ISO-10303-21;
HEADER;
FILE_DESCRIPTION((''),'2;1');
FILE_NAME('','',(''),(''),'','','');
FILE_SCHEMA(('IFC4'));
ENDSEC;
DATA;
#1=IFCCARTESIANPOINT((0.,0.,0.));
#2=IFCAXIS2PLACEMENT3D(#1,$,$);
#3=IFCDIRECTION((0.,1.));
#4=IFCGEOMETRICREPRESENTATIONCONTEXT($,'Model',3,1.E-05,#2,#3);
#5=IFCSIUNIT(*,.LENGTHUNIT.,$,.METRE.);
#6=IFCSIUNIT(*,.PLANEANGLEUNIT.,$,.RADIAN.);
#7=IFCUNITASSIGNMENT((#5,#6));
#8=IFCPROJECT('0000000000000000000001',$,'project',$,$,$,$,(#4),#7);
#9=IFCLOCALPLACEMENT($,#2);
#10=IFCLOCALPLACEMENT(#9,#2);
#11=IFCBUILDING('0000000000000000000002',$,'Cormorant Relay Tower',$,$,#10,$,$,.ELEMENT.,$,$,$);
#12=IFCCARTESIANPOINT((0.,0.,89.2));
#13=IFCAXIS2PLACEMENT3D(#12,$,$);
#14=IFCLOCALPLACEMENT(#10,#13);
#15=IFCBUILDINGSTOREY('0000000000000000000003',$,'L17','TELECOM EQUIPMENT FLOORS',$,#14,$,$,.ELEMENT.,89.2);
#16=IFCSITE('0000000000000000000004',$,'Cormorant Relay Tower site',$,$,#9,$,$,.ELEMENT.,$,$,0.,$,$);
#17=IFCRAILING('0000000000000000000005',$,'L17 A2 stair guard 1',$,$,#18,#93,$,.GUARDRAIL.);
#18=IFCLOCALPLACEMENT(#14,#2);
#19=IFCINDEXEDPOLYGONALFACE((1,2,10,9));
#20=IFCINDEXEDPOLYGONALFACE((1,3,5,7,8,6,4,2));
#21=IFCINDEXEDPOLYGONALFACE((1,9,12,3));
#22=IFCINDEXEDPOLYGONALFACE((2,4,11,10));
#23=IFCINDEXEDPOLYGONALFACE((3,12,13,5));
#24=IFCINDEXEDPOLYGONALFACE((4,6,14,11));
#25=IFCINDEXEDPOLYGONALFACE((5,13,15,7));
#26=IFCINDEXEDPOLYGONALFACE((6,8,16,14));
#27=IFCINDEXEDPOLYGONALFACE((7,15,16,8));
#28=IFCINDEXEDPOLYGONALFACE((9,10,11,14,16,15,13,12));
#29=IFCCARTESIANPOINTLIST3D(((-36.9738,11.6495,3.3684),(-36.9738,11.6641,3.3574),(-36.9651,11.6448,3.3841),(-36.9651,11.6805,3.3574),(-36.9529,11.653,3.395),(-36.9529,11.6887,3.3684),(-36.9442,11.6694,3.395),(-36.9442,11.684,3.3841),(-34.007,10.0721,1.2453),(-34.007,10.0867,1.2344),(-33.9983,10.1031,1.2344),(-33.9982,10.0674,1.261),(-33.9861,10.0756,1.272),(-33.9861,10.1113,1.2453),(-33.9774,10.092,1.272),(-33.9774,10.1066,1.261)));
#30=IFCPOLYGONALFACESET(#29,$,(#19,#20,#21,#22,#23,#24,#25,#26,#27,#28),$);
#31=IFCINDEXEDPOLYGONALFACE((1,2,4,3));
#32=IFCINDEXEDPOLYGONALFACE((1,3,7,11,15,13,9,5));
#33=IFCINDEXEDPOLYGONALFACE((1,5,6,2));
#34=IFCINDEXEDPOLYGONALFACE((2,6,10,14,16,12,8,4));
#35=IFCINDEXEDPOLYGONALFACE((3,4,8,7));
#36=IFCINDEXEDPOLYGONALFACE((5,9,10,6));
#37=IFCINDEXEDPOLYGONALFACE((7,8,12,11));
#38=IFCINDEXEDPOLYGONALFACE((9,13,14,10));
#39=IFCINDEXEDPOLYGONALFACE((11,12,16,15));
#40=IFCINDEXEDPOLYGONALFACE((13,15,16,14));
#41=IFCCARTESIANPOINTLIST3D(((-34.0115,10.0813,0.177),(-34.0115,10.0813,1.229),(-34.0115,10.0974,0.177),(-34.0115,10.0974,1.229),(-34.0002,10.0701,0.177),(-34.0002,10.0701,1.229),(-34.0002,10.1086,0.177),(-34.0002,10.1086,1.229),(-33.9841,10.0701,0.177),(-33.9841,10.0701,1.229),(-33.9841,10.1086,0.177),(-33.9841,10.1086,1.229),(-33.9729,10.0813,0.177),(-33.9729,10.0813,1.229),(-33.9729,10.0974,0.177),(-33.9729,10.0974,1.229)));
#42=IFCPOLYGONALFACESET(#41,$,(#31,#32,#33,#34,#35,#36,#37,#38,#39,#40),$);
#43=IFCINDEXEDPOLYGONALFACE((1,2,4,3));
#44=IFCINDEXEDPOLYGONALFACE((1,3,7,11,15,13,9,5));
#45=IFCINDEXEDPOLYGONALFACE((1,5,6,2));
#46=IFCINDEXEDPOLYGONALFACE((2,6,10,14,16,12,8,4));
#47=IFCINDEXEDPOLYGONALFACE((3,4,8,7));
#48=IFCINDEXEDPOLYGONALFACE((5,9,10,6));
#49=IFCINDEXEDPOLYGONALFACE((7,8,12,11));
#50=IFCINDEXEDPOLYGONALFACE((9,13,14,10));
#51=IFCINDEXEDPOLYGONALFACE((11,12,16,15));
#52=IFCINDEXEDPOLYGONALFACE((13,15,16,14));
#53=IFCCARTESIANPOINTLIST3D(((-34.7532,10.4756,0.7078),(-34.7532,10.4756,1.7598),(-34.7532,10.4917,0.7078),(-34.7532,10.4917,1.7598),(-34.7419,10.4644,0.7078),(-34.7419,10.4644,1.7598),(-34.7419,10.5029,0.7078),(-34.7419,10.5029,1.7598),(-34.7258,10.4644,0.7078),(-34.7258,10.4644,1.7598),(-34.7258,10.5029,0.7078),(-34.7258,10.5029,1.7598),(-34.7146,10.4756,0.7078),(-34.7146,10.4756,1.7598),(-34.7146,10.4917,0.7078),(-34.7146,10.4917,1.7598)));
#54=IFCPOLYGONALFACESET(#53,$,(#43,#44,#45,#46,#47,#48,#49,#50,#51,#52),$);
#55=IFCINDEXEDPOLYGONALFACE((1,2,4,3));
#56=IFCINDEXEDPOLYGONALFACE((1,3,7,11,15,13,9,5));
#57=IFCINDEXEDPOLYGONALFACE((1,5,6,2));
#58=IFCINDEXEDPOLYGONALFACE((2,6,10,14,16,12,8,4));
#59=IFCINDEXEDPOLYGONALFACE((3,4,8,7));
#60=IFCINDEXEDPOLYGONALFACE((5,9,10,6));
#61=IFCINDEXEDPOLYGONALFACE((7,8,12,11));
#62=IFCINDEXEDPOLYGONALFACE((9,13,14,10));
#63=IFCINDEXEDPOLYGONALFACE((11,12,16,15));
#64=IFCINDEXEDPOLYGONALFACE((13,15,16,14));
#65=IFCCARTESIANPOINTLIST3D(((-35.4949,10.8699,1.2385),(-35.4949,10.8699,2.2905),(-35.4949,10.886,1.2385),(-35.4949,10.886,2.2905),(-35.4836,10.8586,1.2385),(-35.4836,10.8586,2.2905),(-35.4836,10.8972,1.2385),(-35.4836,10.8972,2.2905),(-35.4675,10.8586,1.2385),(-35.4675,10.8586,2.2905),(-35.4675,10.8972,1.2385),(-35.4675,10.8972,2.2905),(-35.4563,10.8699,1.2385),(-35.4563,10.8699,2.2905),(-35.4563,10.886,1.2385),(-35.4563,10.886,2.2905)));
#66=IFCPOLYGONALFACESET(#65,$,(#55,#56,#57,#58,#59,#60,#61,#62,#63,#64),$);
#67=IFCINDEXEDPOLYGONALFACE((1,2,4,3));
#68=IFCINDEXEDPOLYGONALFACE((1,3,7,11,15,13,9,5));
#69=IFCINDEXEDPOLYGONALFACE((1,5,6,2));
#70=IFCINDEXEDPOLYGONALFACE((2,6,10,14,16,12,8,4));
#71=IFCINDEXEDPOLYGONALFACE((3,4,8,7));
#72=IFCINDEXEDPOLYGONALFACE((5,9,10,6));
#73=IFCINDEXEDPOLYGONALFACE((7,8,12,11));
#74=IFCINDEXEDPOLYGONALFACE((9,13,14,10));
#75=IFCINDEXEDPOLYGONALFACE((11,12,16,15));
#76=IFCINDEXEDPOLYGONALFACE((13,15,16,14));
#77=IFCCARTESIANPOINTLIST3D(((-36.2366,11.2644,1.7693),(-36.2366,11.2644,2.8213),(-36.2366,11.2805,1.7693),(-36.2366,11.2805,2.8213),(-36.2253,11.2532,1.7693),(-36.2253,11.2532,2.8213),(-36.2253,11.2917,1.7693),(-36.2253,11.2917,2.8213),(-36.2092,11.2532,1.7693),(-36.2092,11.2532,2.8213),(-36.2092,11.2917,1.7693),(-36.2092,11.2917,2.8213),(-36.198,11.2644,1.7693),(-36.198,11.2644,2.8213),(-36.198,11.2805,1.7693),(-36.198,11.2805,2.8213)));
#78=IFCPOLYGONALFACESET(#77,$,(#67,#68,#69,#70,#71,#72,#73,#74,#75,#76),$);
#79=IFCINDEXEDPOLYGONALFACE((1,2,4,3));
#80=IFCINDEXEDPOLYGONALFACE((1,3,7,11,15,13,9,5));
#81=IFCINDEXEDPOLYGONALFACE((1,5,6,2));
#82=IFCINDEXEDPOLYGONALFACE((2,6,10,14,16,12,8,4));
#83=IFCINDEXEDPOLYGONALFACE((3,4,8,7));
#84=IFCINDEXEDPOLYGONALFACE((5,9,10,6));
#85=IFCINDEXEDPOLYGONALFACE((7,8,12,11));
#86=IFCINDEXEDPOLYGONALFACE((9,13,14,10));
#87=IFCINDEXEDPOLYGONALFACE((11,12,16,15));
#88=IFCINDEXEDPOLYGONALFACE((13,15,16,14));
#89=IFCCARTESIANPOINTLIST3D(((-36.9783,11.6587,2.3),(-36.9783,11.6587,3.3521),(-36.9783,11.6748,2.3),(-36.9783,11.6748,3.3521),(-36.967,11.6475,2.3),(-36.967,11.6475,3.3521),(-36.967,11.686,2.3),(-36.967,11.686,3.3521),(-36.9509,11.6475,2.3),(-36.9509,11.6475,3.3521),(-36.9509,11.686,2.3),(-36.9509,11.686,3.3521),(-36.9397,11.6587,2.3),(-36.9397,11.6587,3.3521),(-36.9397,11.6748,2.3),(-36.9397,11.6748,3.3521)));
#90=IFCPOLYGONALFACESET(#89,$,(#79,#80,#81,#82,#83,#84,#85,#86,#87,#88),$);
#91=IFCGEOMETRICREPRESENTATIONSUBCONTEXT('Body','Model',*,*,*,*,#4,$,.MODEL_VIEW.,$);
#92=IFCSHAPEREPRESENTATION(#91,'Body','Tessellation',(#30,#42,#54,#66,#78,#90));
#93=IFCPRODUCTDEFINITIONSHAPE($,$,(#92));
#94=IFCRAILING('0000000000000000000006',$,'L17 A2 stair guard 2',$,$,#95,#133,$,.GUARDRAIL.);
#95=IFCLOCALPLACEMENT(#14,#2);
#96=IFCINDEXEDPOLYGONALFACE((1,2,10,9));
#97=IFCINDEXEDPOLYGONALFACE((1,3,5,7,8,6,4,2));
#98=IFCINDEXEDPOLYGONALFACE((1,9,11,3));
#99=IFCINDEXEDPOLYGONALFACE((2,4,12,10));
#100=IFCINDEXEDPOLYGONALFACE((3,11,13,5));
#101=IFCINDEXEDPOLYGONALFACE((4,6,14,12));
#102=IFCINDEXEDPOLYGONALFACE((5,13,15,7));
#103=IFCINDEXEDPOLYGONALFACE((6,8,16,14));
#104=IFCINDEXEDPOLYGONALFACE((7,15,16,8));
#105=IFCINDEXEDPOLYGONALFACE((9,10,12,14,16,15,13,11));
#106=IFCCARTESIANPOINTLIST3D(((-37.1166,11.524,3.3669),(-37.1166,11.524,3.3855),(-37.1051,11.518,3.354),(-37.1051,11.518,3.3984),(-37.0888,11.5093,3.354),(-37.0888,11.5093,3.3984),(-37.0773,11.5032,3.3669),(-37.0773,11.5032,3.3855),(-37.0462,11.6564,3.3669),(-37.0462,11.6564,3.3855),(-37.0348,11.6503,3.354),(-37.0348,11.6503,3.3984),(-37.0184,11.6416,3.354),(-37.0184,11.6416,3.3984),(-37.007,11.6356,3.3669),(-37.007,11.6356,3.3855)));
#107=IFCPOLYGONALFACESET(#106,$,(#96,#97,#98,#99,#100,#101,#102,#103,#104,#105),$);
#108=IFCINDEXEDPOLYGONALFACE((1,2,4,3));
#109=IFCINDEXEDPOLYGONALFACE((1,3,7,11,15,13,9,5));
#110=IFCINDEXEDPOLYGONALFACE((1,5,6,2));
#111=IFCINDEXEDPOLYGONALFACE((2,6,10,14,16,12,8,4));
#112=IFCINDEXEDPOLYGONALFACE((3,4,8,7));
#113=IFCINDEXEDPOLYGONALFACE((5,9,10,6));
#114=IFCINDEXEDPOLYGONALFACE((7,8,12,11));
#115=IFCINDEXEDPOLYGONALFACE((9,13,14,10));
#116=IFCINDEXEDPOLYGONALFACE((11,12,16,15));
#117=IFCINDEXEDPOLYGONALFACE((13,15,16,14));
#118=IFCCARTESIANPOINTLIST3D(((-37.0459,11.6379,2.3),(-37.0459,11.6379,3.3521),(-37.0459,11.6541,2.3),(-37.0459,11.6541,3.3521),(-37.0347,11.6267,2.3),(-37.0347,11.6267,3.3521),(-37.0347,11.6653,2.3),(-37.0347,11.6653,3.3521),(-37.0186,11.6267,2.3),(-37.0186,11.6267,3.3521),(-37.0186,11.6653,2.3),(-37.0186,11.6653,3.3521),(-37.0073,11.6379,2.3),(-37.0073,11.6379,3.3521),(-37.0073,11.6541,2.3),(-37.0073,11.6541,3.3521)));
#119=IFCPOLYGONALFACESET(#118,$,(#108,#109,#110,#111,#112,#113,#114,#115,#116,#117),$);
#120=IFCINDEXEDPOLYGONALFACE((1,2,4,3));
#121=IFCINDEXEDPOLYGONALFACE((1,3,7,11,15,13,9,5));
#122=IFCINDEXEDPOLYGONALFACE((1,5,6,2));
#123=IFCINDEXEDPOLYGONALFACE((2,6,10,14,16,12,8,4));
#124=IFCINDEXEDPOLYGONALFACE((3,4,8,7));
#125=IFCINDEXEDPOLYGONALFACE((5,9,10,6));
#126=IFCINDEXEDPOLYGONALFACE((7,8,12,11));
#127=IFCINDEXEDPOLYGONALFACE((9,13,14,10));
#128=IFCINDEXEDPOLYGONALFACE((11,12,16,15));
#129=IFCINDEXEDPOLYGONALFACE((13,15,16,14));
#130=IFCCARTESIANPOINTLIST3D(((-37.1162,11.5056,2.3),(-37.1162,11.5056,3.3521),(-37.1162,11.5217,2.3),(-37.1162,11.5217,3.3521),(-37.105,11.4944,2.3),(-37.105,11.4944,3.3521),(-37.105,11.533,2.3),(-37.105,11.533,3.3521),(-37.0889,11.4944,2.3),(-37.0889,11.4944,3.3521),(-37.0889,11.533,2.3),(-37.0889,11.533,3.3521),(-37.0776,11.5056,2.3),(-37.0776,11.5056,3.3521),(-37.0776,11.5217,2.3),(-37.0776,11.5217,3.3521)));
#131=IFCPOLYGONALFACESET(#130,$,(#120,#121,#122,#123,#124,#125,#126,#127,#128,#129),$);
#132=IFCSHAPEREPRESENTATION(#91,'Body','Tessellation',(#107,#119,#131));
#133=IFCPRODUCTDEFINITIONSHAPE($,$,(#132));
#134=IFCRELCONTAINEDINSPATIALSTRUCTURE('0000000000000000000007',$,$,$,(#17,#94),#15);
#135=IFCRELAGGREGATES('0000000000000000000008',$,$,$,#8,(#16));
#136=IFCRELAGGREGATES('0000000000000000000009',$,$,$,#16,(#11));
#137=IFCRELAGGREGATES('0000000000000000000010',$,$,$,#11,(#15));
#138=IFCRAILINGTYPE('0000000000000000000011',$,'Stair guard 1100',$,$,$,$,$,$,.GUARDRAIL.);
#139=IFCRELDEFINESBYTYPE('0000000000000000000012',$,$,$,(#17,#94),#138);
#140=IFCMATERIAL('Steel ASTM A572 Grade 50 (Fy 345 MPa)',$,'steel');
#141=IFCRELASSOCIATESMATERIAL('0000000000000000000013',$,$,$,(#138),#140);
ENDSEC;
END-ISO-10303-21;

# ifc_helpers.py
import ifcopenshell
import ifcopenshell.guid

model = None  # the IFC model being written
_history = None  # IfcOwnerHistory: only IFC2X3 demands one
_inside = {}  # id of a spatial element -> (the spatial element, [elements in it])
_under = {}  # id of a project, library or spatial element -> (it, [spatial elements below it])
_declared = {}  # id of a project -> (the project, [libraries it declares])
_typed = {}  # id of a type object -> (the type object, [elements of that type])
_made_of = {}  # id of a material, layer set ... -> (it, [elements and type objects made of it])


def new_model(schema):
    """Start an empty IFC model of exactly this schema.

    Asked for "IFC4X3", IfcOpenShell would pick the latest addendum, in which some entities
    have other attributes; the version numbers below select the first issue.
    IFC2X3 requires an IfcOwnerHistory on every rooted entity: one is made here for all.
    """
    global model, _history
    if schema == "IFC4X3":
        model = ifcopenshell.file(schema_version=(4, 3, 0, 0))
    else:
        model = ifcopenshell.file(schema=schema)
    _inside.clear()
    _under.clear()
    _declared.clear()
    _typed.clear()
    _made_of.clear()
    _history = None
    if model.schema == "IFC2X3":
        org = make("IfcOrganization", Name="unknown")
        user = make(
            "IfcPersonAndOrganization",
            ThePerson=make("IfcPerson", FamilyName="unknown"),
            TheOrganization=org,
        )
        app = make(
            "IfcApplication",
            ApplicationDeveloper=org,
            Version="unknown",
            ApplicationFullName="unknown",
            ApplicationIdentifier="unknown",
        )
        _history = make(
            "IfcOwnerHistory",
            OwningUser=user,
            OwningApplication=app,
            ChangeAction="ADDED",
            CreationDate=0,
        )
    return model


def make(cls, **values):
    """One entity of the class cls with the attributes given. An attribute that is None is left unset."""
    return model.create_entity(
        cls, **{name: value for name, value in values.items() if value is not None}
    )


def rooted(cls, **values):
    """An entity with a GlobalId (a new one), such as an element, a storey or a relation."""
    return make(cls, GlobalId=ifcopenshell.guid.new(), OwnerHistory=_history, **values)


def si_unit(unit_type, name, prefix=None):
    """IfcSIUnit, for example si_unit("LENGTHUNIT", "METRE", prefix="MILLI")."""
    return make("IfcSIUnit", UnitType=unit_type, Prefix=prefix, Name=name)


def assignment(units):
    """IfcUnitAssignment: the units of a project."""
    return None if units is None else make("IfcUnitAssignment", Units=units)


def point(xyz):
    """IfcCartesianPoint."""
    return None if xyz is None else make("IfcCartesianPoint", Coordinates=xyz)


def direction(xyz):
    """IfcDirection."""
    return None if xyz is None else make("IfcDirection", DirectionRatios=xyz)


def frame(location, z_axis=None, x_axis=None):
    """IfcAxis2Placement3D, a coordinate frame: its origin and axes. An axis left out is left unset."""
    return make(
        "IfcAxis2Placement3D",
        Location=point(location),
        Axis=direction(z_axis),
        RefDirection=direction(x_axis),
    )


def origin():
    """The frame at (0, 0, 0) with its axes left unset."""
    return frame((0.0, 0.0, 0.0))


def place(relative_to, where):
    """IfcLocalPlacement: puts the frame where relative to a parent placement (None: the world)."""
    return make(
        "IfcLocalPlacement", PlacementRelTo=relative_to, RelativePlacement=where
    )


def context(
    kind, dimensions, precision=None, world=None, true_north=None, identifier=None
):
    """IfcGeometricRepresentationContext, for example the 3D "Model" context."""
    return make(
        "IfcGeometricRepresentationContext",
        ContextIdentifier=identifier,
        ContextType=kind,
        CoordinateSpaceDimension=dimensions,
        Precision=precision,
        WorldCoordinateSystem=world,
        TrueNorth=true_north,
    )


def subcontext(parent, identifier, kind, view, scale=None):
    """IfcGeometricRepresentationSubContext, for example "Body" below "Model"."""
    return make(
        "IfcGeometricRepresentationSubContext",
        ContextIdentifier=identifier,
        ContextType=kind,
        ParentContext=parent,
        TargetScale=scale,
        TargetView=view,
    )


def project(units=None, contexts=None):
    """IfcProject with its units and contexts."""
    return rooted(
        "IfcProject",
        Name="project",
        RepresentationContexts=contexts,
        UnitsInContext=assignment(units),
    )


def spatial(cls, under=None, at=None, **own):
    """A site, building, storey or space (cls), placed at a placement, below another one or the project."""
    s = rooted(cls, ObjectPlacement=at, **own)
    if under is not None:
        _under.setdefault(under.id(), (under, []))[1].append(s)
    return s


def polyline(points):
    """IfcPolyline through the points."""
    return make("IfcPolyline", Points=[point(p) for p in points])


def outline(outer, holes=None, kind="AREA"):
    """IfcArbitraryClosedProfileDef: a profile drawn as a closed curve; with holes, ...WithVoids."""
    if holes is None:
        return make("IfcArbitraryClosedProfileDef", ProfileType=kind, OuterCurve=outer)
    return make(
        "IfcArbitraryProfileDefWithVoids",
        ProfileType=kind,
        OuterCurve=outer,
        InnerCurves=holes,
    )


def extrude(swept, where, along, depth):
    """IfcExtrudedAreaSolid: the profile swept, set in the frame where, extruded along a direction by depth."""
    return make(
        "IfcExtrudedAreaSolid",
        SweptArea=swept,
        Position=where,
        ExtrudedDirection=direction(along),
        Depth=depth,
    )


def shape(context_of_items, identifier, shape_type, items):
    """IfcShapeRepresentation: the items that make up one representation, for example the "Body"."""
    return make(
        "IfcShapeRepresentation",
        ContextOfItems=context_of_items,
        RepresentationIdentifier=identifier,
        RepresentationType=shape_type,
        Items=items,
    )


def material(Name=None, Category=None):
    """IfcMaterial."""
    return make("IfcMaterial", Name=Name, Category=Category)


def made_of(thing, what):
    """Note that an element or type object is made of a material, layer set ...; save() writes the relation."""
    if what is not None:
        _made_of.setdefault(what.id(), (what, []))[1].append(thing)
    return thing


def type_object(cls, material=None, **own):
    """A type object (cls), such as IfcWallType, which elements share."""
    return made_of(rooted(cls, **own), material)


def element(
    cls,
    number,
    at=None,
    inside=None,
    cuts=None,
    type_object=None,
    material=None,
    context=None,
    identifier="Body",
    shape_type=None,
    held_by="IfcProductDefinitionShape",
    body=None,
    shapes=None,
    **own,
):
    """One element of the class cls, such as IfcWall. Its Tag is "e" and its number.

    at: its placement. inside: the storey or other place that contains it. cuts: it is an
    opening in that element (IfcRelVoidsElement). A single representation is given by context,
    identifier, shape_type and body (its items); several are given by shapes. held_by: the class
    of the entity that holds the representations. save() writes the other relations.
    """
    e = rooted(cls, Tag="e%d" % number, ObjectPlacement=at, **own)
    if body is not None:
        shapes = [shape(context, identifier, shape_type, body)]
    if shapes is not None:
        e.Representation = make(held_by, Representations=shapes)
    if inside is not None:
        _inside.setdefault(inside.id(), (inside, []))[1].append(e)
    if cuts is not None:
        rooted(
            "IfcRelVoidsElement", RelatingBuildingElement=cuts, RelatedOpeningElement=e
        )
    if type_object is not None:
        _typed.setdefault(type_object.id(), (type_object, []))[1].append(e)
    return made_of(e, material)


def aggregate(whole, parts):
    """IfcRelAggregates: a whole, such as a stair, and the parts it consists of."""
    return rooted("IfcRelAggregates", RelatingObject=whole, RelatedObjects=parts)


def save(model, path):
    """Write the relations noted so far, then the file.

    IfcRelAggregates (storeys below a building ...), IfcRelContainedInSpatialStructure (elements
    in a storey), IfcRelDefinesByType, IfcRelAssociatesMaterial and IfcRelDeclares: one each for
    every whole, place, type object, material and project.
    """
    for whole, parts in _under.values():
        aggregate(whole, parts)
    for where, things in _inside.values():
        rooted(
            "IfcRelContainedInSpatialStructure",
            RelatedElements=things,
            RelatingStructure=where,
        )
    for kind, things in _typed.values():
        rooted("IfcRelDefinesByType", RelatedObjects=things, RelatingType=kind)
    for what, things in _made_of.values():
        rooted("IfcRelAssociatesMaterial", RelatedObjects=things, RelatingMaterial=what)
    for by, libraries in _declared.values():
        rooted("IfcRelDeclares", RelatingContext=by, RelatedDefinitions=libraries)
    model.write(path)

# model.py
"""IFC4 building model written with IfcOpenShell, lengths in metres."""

from ifc_helpers import new_model, si_unit, direction, frame, origin, place, context, subcontext, project, spatial, polyline, outline, extrude, material, type_object, element, save


model = new_model("IFC4")

# Units and contexts
model_context = context("Model", 3, precision=1e-05, world=origin(), true_north=direction((0.0, 1.0)))
body_context = subcontext(model_context, "Body", "Model", "MODEL_VIEW")
ifc_project = project(units=[si_unit("LENGTHUNIT", "METRE"), si_unit("PLANEANGLEUNIT", "RADIAN")], contexts=[model_context])

# Site, building, storey
site_placement = place(None, origin())
site = spatial("IfcSite", under=ifc_project, at=site_placement, Name="Cormorant Relay Tower site", CompositionType="ELEMENT", RefElevation=0.0)
building_placement = place(site_placement, origin())
building = spatial("IfcBuilding", under=site, at=building_placement, Name="Cormorant Relay Tower", CompositionType="ELEMENT")
storey_placement = place(building_placement, frame((0.0, 0.0, 89.2)))
storey = spatial("IfcBuildingStorey", under=building, at=storey_placement, Name="L17", Description="TELECOM EQUIPMENT FLOORS", CompositionType="ELEMENT", Elevation=89.2)

# Railings
ifc_material_1 = material(Name="Steel ASTM A572 Grade 50 (Fy 345 MPa)", Category="steel")
railing_type_1 = type_object("IfcRailingType", Name="Stair guard 1100", PredefinedType="GUARDRAIL", material=ifc_material_1)
railing_1_placement = place(storey_placement, frame((-33.9922, 10.0894, 0.177)))
element("IfcRailing", 1, at=railing_1_placement, inside=storey, type_object=railing_type_1, Name="L17 A2 stair guard 1", PredefinedType="GUARDRAIL", context=body_context, shape_type="SweptSolid", body=[
    extrude(outline(polyline([(0.0222, 0.0093), (0.0093, 0.0222), (-0.0093, 0.0222), (-0.0222, 0.0093), (-0.0222, -0.0093), (-0.0093, -0.0222), (0.0093, -0.0222), (0.0222, -0.0093), (0.0222, 0.0093)])), frame((0.0, 0.0, 1.0762), z_axis=(-0.746441, 0.396869, 0.534155), x_axis=(-0.469453, -0.882958, 0.0)), (0.0, 0.0, 1.0), 3.9746),
    extrude(outline(polyline([(0.0193, 0.0081), (0.0081, 0.0193), (-0.0081, 0.0193), (-0.0193, 0.0081), (-0.0193, -0.0081), (-0.0081, -0.0193), (0.0081, -0.0193), (0.0193, -0.0081), (0.0193, 0.0081)])), origin(), (0.0, 0.0, 1.0), 1.052),
    extrude(outline(polyline([(0.0193, 0.0081), (0.0081, 0.0193), (-0.0081, 0.0193), (-0.0193, 0.0081), (-0.0193, -0.0081), (-0.0081, -0.0193), (0.0081, -0.0193), (0.0193, -0.0081), (0.0193, 0.0081)])), frame((-0.7417, 0.3943, 0.5308)), (0.0, 0.0, 1.0), 1.052),
    extrude(outline(polyline([(0.0193, 0.0081), (0.0081, 0.0193), (-0.0081, 0.0193), (-0.0193, 0.0081), (-0.0193, -0.0081), (-0.0081, -0.0193), (0.0081, -0.0193), (0.0193, -0.0081), (0.0193, 0.0081)])), frame((-1.4834, 0.7886, 1.0615)), (0.0, 0.0, 1.0), 1.052),
    extrude(outline(polyline([(0.0193, 0.0081), (0.0081, 0.0193), (-0.0081, 0.0193), (-0.0193, 0.0081), (-0.0193, -0.0081), (-0.0081, -0.0193), (0.0081, -0.0193), (0.0193, -0.0081), (0.0193, 0.0081)])), frame((-2.2251, 1.1831, 1.5923)), (0.0, 0.0, 1.0), 1.052),
    extrude(outline(polyline([(0.0193, 0.0081), (0.0081, 0.0193), (-0.0081, 0.0193), (-0.0193, 0.0081), (-0.0193, -0.0081), (-0.0081, -0.0193), (0.0081, -0.0193), (0.0193, -0.0081), (0.0193, 0.0081)])), frame((-2.9668, 1.5774, 2.123)), (0.0, 0.0, 1.0), 1.052),
])
railing_2_placement = place(storey_placement, frame((-37.0266, 11.646, 2.3)))
element("IfcRailing", 2, at=railing_2_placement, inside=storey, type_object=railing_type_1, Name="L17 A2 stair guard 2", PredefinedType="GUARDRAIL", context=body_context, shape_type="SweptSolid", body=[
    extrude(outline(polyline([(0.0222, 0.0093), (0.0093, 0.0222), (-0.0093, 0.0222), (-0.0222, 0.0093), (-0.0222, -0.0093), (-0.0093, -0.0222), (0.0093, -0.0222), (0.0222, -0.0093), (0.0222, 0.0093)])), frame((0.0, 0.0, 1.0762), z_axis=(-0.469235, -0.883074, 0.0), x_axis=(0.883074, -0.469235, 0.0)), (0.0, 0.0, 1.0), 0.1499),
    extrude(outline(polyline([(0.0193, 0.0081), (0.0081, 0.0193), (-0.0081, 0.0193), (-0.0193, 0.0081), (-0.0193, -0.0081), (-0.0081, -0.0193), (0.0081, -0.0193), (0.0193, -0.0081), (0.0193, 0.0081)])), origin(), (0.0, 0.0, 1.0), 1.052),
    extrude(outline(polyline([(0.0193, 0.0081), (0.0081, 0.0193), (-0.0081, 0.0193), (-0.0193, 0.0081), (-0.0193, -0.0081), (-0.0081, -0.0193), (0.0081, -0.0193), (0.0193, -0.0081), (0.0193, 0.0081)])), frame((-0.0703, -0.1323, 0.0)), (0.0, 0.0, 1.0), 1.052),
])

save(model, "model.ifc")
